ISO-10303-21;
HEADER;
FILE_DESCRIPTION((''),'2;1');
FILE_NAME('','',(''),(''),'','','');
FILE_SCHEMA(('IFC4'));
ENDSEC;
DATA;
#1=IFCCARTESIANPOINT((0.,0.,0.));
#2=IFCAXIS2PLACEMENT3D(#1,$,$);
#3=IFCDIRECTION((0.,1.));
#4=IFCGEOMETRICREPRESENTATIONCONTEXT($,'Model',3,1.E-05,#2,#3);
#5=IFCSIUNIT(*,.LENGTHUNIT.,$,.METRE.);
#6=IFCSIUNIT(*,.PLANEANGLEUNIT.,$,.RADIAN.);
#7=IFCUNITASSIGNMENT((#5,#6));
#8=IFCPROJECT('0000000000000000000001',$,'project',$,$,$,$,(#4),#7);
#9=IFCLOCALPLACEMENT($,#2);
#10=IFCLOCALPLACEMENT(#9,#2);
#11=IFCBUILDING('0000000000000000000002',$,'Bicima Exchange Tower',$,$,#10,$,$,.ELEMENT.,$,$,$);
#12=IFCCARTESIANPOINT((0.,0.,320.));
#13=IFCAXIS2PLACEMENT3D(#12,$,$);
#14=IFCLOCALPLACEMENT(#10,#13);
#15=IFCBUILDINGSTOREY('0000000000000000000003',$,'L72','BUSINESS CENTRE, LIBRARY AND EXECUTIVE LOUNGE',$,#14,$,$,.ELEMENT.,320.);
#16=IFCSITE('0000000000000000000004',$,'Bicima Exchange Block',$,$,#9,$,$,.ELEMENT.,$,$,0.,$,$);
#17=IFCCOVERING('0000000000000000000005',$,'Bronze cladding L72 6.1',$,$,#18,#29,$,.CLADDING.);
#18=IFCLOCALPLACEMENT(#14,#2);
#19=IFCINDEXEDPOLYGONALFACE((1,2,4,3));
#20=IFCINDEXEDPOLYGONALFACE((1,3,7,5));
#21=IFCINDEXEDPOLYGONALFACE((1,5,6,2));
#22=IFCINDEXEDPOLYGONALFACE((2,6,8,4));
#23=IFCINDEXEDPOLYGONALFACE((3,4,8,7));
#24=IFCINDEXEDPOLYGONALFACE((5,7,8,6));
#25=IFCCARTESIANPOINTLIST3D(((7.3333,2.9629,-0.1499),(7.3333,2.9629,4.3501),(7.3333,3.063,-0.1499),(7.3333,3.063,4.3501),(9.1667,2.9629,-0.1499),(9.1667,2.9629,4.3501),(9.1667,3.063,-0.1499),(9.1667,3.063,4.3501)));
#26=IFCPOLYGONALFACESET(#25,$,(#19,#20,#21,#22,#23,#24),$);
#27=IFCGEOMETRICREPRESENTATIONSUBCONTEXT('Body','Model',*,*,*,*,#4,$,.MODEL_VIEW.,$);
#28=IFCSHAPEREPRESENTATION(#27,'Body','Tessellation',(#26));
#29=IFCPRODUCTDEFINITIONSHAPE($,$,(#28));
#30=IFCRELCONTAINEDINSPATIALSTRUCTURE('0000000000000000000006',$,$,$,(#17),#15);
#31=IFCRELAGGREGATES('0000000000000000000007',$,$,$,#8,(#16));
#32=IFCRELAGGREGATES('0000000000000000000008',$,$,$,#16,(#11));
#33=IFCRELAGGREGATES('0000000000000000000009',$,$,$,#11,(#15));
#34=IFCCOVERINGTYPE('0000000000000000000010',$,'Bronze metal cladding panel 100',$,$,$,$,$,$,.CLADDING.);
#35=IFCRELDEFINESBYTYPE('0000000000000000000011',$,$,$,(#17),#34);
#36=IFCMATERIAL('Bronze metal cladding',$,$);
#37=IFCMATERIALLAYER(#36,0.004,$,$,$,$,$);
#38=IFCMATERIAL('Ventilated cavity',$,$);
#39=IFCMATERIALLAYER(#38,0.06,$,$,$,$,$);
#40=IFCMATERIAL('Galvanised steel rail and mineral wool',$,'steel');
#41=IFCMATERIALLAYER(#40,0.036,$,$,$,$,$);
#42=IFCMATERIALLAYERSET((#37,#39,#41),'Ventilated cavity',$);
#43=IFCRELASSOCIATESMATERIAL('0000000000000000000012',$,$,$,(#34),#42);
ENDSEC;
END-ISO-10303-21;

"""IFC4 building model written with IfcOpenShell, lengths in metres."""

from ifc_helpers import new_model, si_unit, direction, frame, origin, origin_2d, place, context, subcontext, project, spatial, rectangle, extrude, material, layer, layer_set, type_object, element, save


model = new_model("IFC4")

# Units and contexts
model_context = context("Model", 3, precision=1e-05, world=origin(), true_north=direction((0.0, 1.0)))
body_context = subcontext(model_context, "Body", "Model", "MODEL_VIEW")
ifc_project = project(units=[si_unit("LENGTHUNIT", "METRE"), si_unit("PLANEANGLEUNIT", "RADIAN")], contexts=[model_context])

# Site, building, storey
site_placement = place(None, origin())
site = spatial("IfcSite", under=ifc_project, at=site_placement, Name="Bicima Exchange Block", CompositionType="ELEMENT", RefElevation=0.0)
building_placement = place(site_placement, origin())
building = spatial("IfcBuilding", under=site, at=building_placement, Name="Bicima Exchange Tower", CompositionType="ELEMENT")
storey_placement = place(building_placement, frame((0.0, 0.0, 320.0)))
storey = spatial("IfcBuildingStorey", under=building, at=storey_placement, Name="L72", Description="BUSINESS CENTRE, LIBRARY AND EXECUTIVE LOUNGE", CompositionType="ELEMENT", Elevation=320.0)

# Covering
ifc_material_1 = material(Name="Bronze metal cladding")
ifc_layer_1 = layer(ifc_material_1, 0.004)
ifc_material_2 = material(Name="Ventilated cavity")
ifc_layer_2 = layer(ifc_material_2, 0.06)
ifc_material_3 = material(Name="Galvanised steel rail and mineral wool", Category="steel")
ifc_layer_3 = layer(ifc_material_3, 0.036)
ifc_layer_set_1 = layer_set([ifc_layer_1, ifc_layer_2, ifc_layer_3], Name="Ventilated cavity")
covering_type = type_object("IfcCoveringType", Name="Bronze metal cladding panel 100", PredefinedType="CLADDING", material=ifc_layer_set_1)
covering_1_placement = place(storey_placement, frame((8.25, 3.0129, -0.1499), z_axis=(0.0, 0.0, 1.0), x_axis=(-1.0, 0.0, 0.0)))
element("IfcCovering", 1, at=covering_1_placement, inside=storey, type_object=covering_type, Name="Bronze cladding L72 6.1", PredefinedType="CLADDING", context=body_context, shape_type="SweptSolid", body=[
    extrude(rectangle(XDim=1.8335, YDim=0.1001, at=origin_2d()), origin(), (0.0, 0.0, 1.0), 4.5),
])

save(model, "model.ifc")
